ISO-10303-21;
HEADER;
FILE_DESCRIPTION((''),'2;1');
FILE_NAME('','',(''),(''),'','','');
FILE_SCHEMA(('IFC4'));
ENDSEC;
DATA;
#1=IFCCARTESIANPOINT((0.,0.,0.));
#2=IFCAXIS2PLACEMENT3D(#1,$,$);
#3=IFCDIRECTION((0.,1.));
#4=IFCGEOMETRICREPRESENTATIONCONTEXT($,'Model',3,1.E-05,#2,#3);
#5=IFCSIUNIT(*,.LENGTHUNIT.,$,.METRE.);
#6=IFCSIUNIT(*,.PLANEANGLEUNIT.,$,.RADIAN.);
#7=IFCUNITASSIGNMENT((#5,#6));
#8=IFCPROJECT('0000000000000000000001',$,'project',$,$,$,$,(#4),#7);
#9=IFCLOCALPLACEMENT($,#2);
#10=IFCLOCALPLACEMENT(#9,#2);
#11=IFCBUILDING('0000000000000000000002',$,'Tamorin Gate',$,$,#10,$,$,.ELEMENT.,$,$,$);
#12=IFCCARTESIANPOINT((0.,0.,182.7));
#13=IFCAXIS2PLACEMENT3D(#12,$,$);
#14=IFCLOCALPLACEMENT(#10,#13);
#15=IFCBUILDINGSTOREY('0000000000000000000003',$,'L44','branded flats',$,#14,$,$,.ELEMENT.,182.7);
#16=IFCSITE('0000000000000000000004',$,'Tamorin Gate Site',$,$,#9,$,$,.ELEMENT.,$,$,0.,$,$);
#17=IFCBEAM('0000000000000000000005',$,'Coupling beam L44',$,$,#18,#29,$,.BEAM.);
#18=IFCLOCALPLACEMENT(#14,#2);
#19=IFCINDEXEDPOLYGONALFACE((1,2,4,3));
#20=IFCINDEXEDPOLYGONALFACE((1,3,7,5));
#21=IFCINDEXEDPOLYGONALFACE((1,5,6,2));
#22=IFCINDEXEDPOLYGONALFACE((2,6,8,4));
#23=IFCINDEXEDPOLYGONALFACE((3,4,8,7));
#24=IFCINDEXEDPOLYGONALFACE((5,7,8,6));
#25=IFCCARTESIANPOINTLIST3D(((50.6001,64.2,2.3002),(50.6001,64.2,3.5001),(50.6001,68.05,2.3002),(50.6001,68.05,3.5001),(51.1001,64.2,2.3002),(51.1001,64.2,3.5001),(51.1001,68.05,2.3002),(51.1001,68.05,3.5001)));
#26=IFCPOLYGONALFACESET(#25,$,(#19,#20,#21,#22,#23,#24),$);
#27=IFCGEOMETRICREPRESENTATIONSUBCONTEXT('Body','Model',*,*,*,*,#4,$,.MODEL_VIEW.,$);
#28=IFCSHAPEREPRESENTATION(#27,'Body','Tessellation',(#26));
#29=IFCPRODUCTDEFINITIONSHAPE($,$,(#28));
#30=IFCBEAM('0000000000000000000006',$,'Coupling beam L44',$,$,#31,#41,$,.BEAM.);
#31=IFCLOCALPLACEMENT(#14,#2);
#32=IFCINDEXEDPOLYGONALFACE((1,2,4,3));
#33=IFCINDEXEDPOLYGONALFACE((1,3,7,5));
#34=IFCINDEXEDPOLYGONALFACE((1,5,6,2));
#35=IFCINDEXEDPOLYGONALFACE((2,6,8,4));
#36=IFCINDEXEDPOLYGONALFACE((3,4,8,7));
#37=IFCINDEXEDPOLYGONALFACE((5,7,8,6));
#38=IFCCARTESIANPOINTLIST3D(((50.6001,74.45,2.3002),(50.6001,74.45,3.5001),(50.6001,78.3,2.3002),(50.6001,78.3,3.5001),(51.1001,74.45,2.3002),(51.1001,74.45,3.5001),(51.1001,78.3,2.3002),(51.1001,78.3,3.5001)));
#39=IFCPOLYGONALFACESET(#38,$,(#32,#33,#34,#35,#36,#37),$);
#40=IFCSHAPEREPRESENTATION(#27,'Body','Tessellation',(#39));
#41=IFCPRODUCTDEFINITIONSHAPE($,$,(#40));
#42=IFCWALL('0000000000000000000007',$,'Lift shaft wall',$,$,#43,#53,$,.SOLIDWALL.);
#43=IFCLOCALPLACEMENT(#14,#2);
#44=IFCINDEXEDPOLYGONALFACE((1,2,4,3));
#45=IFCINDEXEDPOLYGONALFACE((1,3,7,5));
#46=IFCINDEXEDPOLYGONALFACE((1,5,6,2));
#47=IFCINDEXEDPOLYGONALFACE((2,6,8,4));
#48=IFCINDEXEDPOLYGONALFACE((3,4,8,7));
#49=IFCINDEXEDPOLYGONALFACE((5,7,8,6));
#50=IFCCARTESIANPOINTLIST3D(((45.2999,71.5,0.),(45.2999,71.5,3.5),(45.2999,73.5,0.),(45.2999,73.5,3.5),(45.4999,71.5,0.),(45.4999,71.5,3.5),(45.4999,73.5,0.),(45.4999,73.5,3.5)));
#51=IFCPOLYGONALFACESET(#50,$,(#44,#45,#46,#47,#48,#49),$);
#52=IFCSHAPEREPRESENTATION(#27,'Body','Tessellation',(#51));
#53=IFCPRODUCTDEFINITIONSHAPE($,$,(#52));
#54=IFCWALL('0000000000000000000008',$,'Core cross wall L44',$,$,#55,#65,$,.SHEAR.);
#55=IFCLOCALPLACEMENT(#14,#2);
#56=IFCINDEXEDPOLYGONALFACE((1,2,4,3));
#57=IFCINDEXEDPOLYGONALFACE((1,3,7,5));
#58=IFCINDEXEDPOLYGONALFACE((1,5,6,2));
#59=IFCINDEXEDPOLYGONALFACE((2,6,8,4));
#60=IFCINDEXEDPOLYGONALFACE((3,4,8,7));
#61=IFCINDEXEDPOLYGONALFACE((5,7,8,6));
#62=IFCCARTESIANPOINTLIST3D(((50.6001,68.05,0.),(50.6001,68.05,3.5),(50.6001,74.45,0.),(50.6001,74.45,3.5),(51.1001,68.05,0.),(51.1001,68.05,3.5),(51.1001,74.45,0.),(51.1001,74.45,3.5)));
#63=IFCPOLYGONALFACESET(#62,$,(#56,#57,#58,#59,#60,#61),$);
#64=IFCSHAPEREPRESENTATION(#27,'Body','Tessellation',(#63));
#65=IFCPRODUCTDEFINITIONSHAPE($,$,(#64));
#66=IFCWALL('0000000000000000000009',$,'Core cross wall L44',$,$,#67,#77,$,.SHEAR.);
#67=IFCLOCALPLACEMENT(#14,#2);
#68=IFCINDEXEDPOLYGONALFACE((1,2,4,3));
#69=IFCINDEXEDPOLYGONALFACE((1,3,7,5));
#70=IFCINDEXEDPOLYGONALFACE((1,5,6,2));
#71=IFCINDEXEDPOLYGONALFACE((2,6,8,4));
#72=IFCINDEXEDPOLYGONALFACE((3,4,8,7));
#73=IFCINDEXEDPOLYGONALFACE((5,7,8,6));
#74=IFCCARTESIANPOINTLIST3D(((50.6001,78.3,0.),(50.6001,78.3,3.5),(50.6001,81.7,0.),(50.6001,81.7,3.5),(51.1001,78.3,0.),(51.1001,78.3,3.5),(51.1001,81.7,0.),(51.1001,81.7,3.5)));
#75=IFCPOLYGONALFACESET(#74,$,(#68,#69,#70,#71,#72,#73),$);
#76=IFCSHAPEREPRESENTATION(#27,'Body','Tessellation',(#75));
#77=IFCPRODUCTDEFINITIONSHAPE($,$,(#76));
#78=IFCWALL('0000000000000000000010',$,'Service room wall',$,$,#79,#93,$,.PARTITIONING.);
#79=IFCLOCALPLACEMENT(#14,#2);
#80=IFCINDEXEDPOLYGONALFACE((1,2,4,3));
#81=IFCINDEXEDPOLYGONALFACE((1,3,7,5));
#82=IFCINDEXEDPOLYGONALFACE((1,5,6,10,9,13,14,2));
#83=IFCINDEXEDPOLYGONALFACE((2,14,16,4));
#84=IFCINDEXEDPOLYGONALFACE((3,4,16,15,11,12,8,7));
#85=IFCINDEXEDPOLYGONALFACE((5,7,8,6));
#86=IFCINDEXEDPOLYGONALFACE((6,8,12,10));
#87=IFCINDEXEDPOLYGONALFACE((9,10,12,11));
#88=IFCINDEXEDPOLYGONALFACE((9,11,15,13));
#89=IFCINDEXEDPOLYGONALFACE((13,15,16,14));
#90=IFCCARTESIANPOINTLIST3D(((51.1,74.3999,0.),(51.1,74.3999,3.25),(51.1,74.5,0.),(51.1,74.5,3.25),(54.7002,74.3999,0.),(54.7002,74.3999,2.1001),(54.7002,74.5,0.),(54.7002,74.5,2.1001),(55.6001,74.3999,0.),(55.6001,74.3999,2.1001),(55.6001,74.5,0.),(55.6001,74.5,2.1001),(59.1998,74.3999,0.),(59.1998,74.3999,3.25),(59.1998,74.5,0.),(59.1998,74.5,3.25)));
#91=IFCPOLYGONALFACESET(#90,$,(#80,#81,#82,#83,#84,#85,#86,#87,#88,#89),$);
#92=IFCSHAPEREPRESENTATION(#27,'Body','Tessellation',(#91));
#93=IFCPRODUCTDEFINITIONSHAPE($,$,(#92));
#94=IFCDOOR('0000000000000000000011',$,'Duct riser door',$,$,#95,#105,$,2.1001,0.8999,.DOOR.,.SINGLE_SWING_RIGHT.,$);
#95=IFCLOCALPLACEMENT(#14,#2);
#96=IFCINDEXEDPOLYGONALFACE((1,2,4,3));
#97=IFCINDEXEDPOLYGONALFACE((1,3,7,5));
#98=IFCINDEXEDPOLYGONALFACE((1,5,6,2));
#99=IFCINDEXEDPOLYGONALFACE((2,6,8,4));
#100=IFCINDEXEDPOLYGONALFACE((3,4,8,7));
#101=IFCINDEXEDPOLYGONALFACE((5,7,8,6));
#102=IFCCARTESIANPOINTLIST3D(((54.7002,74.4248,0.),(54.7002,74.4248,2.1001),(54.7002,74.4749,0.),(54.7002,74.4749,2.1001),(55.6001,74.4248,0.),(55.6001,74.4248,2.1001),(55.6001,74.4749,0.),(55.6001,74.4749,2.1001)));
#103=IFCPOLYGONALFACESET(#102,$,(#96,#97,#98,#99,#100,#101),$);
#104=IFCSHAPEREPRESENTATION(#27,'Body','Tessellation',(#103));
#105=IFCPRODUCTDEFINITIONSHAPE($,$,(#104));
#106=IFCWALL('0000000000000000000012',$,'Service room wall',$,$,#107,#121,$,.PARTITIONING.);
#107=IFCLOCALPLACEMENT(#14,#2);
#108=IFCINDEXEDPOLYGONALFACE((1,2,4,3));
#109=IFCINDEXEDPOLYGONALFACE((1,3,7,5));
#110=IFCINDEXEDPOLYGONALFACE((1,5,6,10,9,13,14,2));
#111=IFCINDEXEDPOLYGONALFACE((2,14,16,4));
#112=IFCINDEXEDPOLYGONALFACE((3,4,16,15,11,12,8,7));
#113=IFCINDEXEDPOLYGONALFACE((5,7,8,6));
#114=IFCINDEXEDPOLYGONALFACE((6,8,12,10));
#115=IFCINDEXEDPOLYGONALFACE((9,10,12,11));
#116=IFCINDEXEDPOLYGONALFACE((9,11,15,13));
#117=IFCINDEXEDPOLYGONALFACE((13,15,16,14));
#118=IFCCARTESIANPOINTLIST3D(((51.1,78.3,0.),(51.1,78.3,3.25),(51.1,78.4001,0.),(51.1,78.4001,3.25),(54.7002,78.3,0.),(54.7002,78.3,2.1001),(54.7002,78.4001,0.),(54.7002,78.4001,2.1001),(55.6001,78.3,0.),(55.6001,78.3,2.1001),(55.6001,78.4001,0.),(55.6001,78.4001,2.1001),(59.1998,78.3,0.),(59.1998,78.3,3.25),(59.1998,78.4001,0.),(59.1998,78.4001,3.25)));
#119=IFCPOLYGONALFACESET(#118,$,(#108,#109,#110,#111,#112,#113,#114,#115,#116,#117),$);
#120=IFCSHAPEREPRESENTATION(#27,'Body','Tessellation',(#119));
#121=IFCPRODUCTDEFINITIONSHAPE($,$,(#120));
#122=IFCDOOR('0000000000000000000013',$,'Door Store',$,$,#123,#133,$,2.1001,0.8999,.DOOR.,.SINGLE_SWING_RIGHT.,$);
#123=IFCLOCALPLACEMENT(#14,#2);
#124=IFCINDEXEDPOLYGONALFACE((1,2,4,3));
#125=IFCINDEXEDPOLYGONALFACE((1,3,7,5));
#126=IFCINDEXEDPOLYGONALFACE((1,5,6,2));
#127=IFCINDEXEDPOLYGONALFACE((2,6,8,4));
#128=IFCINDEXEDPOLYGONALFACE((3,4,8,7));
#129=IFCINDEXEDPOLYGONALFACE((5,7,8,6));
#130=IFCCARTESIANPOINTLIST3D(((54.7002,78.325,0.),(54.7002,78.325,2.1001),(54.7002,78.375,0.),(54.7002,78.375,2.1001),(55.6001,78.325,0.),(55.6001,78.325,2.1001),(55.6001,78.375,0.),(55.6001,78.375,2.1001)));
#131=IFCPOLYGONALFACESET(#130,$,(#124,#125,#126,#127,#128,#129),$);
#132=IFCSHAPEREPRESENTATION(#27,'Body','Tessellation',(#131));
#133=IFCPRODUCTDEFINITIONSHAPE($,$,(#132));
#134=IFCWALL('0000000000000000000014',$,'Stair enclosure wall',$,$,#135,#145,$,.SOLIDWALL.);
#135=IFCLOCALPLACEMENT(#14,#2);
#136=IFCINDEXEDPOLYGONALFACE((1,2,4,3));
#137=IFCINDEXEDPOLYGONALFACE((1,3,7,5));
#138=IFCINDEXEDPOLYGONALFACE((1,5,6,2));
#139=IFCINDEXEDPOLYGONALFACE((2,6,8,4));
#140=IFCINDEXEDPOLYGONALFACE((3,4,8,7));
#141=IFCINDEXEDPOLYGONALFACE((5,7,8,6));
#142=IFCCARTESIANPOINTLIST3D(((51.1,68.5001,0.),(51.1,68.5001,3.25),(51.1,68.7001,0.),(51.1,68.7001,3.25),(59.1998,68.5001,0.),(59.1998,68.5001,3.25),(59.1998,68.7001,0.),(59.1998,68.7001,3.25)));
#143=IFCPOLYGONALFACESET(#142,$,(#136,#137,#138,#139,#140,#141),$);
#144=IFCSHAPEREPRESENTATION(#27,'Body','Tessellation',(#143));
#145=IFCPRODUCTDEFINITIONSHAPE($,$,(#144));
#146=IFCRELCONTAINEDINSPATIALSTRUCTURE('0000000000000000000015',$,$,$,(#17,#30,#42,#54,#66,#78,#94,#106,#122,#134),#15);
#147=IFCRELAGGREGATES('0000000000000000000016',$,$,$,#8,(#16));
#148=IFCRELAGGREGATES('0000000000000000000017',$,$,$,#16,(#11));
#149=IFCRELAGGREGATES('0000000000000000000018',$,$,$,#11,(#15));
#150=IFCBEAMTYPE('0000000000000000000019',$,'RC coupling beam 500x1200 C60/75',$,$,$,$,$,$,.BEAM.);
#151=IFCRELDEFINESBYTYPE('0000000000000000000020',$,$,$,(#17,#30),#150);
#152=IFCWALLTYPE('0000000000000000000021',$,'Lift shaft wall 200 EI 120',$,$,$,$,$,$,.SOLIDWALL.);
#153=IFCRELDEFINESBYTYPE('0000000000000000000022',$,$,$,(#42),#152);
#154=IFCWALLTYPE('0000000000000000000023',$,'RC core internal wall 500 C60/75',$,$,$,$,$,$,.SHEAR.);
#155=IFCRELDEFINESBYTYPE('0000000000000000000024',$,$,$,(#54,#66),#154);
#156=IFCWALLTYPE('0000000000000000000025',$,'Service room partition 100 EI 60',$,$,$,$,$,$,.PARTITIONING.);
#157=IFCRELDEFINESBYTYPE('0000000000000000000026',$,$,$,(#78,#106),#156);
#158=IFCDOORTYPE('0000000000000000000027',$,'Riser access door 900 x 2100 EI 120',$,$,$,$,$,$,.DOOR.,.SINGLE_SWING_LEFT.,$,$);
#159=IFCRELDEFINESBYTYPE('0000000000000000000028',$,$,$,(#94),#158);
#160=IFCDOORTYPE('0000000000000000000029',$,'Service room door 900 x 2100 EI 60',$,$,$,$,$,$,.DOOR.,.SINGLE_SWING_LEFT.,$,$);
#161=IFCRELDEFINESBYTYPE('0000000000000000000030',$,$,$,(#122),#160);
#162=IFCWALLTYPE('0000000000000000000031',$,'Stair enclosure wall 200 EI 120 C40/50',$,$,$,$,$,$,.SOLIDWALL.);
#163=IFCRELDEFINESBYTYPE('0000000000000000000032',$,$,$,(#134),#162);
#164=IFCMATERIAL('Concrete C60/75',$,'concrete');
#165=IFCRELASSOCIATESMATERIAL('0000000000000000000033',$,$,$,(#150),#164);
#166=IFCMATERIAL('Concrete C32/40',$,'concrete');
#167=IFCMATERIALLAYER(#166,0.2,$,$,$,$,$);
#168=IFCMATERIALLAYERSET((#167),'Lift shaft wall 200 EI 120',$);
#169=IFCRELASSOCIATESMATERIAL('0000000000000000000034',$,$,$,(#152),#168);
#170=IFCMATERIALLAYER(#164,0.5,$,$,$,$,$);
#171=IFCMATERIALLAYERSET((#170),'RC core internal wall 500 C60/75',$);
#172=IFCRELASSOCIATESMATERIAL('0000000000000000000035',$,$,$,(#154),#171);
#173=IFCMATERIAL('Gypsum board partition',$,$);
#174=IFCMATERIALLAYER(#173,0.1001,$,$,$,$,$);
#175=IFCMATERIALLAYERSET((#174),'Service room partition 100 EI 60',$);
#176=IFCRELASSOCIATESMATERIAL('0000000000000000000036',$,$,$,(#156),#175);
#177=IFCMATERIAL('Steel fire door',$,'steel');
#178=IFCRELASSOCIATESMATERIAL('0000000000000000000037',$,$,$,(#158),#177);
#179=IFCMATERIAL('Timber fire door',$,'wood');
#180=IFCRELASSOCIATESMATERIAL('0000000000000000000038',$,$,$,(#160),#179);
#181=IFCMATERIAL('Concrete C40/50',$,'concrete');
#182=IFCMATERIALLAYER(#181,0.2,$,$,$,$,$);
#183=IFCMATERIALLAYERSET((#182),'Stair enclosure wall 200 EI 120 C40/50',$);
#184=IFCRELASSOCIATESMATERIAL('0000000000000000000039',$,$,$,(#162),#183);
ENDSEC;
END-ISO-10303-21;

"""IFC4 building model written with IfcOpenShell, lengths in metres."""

from ifc_helpers import new_model, si_unit, direction, frame, frame_2d, origin, origin_2d, place, context, subcontext, project, spatial, rectangle, extrude, material, layer, layer_set, material_profile, profile_set, type_object, element, fill, save


model = new_model("IFC4")

# Units and contexts
model_context = context("Model", 3, precision=1e-05, world=origin(), true_north=direction((0.0, 1.0)))
body_context = subcontext(model_context, "Body", "Model", "MODEL_VIEW")
ifc_project = project(units=[si_unit("LENGTHUNIT", "METRE"), si_unit("PLANEANGLEUNIT", "RADIAN")], contexts=[model_context])

# Site, building, storey
site_placement = place(None, origin())
site = spatial("IfcSite", under=ifc_project, at=site_placement, Name="Tamorin Gate Site", CompositionType="ELEMENT", RefElevation=0.0)
building_placement = place(site_placement, origin())
building = spatial("IfcBuilding", under=site, at=building_placement, Name="Tamorin Gate", CompositionType="ELEMENT")
storey_placement = place(building_placement, frame((0.0, 0.0, 182.7)))
storey = spatial("IfcBuildingStorey", under=building, at=storey_placement, Name="L44", Description="branded flats", CompositionType="ELEMENT", Elevation=182.7)

# Beams
ifc_material_1 = material(Name="Concrete C60/75", Category="concrete")
ifc_material_profile = material_profile(ifc_material_1, rectangle(XDim=0.5, YDim=1.2, at=origin_2d()), Name="RC 500x1200")
ifc_profile_set = profile_set([ifc_material_profile], Name="Concrete C60/75")
beam_type = type_object("IfcBeamType", Name="RC coupling beam 500x1200 C60/75", PredefinedType="BEAM", material=ifc_profile_set)
for number, where, z_axis, x_axis, name in (
    (1, (50.8501, 64.2, 2.9001), (0.0, 1.0, 0.0), (-1.0, 0.0, 0.0), "Coupling beam L44"),
    (2, (50.8501, 74.45, 2.9001), (0.0, 1.0, 0.0), (-1.0, 0.0, 0.0), "Coupling beam L44"),
):
    element("IfcBeam", number, at=place(storey_placement, frame(where, z_axis=z_axis, x_axis=x_axis)), inside=storey, type_object=beam_type, Name=name, PredefinedType="BEAM", context=body_context, shape_type="SweptSolid", body=[
        extrude(rectangle(XDim=0.5, YDim=1.2, at=origin_2d()), origin(), (0.0, 0.0, 1.0), 3.8501),
    ])

# Walls
ifc_material_2 = material(Name="Concrete C32/40", Category="concrete")
ifc_layer_1 = layer(ifc_material_2, 0.2)
ifc_layer_set_1 = layer_set([ifc_layer_1], Name="Lift shaft wall 200 EI 120")
wall_type_1 = type_object("IfcWallType", Name="Lift shaft wall 200 EI 120", PredefinedType="SOLIDWALL", material=ifc_layer_set_1)
wall_1_placement = place(storey_placement, frame((45.3999, 71.5, 0.0), z_axis=(0.0, 0.0, 1.0), x_axis=(0.0, 1.0, 0.0)))
element("IfcWall", 3, at=wall_1_placement, inside=storey, type_object=wall_type_1, Name="Lift shaft wall", PredefinedType="SOLIDWALL", context=body_context, shape_type="SweptSolid", body=[
    extrude(rectangle(XDim=2.0, YDim=0.2, at=frame_2d((1.0, 0.0))), origin(), (0.0, 0.0, 1.0), 3.5),
])
ifc_layer_2 = layer(ifc_material_1, 0.5)
ifc_layer_set_2 = layer_set([ifc_layer_2], Name="RC core internal wall 500 C60/75")
wall_type_2 = type_object("IfcWallType", Name="RC core internal wall 500 C60/75", PredefinedType="SHEAR", material=ifc_layer_set_2)
wall_2_placement = place(storey_placement, frame((50.8501, 68.05, 0.0), z_axis=(0.0, 0.0, 1.0), x_axis=(0.0, 1.0, 0.0)))
element("IfcWall", 4, at=wall_2_placement, inside=storey, type_object=wall_type_2, Name="Core cross wall L44", PredefinedType="SHEAR", context=body_context, shape_type="SweptSolid", body=[
    extrude(rectangle(XDim=6.3999, YDim=0.5, at=frame_2d((3.2, 0.0))), origin(), (0.0, 0.0, 1.0), 3.5),
])
wall_3_placement = place(storey_placement, frame((50.8501, 78.3, 0.0), z_axis=(0.0, 0.0, 1.0), x_axis=(0.0, 1.0, 0.0)))
element("IfcWall", 5, at=wall_3_placement, inside=storey, type_object=wall_type_2, Name="Core cross wall L44", PredefinedType="SHEAR", context=body_context, shape_type="SweptSolid", body=[
    extrude(rectangle(XDim=3.3999, YDim=0.5, at=frame_2d((1.7, 0.0))), origin(), (0.0, 0.0, 1.0), 3.5),
])

# Walls, openings, doors
ifc_material_3 = material(Name="Gypsum board partition")
ifc_layer_3 = layer(ifc_material_3, 0.1001)
ifc_layer_set_3 = layer_set([ifc_layer_3], Name="Service room partition 100 EI 60")
wall_type_3 = type_object("IfcWallType", Name="Service room partition 100 EI 60", PredefinedType="PARTITIONING", material=ifc_layer_set_3)
wall_4_placement = place(storey_placement, frame((51.1001, 74.45, 0.0), z_axis=(0.0, 0.0, 1.0), x_axis=(1.0, 0.0, 0.0)))
wall_4 = element("IfcWall", 6, at=wall_4_placement, inside=storey, type_object=wall_type_3, Name="Service room wall", PredefinedType="PARTITIONING", context=body_context, shape_type="SweptSolid", body=[
    extrude(rectangle(XDim=8.0999, YDim=0.1001, at=frame_2d((4.0498, 0.0))), origin(), (0.0, 0.0, 1.0), 3.25),
])
opening_1_placement = place(wall_4_placement, frame((3.6001, 0.0, 0.0)))
opening_1 = element("IfcOpeningElement", 7, at=opening_1_placement, cuts=wall_4, PredefinedType="OPENING", context=body_context, shape_type="SweptSolid", body=[
    extrude(rectangle(XDim=0.8999, YDim=2.1001, at=frame_2d((0.45, 1.05))), frame((0.0, 0.0601, 0.0), z_axis=(0.0, -1.0, 0.0), x_axis=(1.0, 0.0, 0.0)), (0.0, 0.0, 1.0), 0.1201),
])
ifc_material_4 = material(Name="Steel fire door", Category="steel")
door_type_1 = type_object("IfcDoorType", Name="Riser access door 900 x 2100 EI 120", OperationType="SINGLE_SWING_LEFT", PredefinedType="DOOR", material=ifc_material_4)
door_1_placement = place(opening_1_placement, origin())
door_1 = element("IfcDoor", 8, at=door_1_placement, inside=storey, type_object=door_type_1, Name="Duct riser door", OperationType="SINGLE_SWING_RIGHT", OverallHeight=2.1001, OverallWidth=0.8999, PredefinedType="DOOR", context=body_context, shape_type="SweptSolid", body=[
    extrude(rectangle(XDim=0.8999, YDim=2.1001, at=frame_2d((0.45, 1.05))), frame((0.0, 0.0249, 0.0), z_axis=(0.0, -1.0, 0.0), x_axis=(1.0, 0.0, 0.0)), (0.0, 0.0, 1.0), 0.05),
])
fill(opening_1, door_1)
wall_5_placement = place(storey_placement, frame((51.1001, 78.3501, 0.0), z_axis=(0.0, 0.0, 1.0), x_axis=(1.0, 0.0, 0.0)))
wall_5 = element("IfcWall", 9, at=wall_5_placement, inside=storey, type_object=wall_type_3, Name="Service room wall", PredefinedType="PARTITIONING", context=body_context, shape_type="SweptSolid", body=[
    extrude(rectangle(XDim=8.0999, YDim=0.1001, at=frame_2d((4.0498, 0.0))), origin(), (0.0, 0.0, 1.0), 3.25),
])
opening_2_placement = place(wall_5_placement, frame((3.6001, 0.0, 0.0)))
opening_2 = element("IfcOpeningElement", 10, at=opening_2_placement, cuts=wall_5, PredefinedType="OPENING", context=body_context, shape_type="SweptSolid", body=[
    extrude(rectangle(XDim=0.8999, YDim=2.1001, at=frame_2d((0.45, 1.05))), frame((0.0, 0.0601, 0.0), z_axis=(0.0, -1.0, 0.0), x_axis=(1.0, 0.0, 0.0)), (0.0, 0.0, 1.0), 0.1201),
])
ifc_material_5 = material(Name="Timber fire door", Category="wood")
door_type_2 = type_object("IfcDoorType", Name="Service room door 900 x 2100 EI 60", OperationType="SINGLE_SWING_LEFT", PredefinedType="DOOR", material=ifc_material_5)
door_2_placement = place(opening_2_placement, origin())
door_2 = element("IfcDoor", 11, at=door_2_placement, inside=storey, type_object=door_type_2, Name="Door Store", OperationType="SINGLE_SWING_RIGHT", OverallHeight=2.1001, OverallWidth=0.8999, PredefinedType="DOOR", context=body_context, shape_type="SweptSolid", body=[
    extrude(rectangle(XDim=0.8999, YDim=2.1001, at=frame_2d((0.45, 1.05))), frame((0.0, 0.0249, 0.0), z_axis=(0.0, -1.0, 0.0), x_axis=(1.0, 0.0, 0.0)), (0.0, 0.0, 1.0), 0.05),
])
fill(opening_2, door_2)

# Wall
ifc_material_6 = material(Name="Concrete C40/50", Category="concrete")
ifc_layer_4 = layer(ifc_material_6, 0.2)
ifc_layer_set_4 = layer_set([ifc_layer_4], Name="Stair enclosure wall 200 EI 120 C40/50")
wall_type_4 = type_object("IfcWallType", Name="Stair enclosure wall 200 EI 120 C40/50", PredefinedType="SOLIDWALL", material=ifc_layer_set_4)
wall_6_placement = place(storey_placement, frame((51.1001, 68.6001, 0.0), z_axis=(0.0, 0.0, 1.0), x_axis=(1.0, 0.0, 0.0)))
element("IfcWall", 12, at=wall_6_placement, inside=storey, type_object=wall_type_4, Name="Stair enclosure wall", PredefinedType="SOLIDWALL", context=body_context, shape_type="SweptSolid", body=[
    extrude(rectangle(XDim=8.0999, YDim=0.2, at=frame_2d((4.0498, 0.0))), origin(), (0.0, 0.0, 1.0), 3.25),
])

save(model, "model.ifc")
